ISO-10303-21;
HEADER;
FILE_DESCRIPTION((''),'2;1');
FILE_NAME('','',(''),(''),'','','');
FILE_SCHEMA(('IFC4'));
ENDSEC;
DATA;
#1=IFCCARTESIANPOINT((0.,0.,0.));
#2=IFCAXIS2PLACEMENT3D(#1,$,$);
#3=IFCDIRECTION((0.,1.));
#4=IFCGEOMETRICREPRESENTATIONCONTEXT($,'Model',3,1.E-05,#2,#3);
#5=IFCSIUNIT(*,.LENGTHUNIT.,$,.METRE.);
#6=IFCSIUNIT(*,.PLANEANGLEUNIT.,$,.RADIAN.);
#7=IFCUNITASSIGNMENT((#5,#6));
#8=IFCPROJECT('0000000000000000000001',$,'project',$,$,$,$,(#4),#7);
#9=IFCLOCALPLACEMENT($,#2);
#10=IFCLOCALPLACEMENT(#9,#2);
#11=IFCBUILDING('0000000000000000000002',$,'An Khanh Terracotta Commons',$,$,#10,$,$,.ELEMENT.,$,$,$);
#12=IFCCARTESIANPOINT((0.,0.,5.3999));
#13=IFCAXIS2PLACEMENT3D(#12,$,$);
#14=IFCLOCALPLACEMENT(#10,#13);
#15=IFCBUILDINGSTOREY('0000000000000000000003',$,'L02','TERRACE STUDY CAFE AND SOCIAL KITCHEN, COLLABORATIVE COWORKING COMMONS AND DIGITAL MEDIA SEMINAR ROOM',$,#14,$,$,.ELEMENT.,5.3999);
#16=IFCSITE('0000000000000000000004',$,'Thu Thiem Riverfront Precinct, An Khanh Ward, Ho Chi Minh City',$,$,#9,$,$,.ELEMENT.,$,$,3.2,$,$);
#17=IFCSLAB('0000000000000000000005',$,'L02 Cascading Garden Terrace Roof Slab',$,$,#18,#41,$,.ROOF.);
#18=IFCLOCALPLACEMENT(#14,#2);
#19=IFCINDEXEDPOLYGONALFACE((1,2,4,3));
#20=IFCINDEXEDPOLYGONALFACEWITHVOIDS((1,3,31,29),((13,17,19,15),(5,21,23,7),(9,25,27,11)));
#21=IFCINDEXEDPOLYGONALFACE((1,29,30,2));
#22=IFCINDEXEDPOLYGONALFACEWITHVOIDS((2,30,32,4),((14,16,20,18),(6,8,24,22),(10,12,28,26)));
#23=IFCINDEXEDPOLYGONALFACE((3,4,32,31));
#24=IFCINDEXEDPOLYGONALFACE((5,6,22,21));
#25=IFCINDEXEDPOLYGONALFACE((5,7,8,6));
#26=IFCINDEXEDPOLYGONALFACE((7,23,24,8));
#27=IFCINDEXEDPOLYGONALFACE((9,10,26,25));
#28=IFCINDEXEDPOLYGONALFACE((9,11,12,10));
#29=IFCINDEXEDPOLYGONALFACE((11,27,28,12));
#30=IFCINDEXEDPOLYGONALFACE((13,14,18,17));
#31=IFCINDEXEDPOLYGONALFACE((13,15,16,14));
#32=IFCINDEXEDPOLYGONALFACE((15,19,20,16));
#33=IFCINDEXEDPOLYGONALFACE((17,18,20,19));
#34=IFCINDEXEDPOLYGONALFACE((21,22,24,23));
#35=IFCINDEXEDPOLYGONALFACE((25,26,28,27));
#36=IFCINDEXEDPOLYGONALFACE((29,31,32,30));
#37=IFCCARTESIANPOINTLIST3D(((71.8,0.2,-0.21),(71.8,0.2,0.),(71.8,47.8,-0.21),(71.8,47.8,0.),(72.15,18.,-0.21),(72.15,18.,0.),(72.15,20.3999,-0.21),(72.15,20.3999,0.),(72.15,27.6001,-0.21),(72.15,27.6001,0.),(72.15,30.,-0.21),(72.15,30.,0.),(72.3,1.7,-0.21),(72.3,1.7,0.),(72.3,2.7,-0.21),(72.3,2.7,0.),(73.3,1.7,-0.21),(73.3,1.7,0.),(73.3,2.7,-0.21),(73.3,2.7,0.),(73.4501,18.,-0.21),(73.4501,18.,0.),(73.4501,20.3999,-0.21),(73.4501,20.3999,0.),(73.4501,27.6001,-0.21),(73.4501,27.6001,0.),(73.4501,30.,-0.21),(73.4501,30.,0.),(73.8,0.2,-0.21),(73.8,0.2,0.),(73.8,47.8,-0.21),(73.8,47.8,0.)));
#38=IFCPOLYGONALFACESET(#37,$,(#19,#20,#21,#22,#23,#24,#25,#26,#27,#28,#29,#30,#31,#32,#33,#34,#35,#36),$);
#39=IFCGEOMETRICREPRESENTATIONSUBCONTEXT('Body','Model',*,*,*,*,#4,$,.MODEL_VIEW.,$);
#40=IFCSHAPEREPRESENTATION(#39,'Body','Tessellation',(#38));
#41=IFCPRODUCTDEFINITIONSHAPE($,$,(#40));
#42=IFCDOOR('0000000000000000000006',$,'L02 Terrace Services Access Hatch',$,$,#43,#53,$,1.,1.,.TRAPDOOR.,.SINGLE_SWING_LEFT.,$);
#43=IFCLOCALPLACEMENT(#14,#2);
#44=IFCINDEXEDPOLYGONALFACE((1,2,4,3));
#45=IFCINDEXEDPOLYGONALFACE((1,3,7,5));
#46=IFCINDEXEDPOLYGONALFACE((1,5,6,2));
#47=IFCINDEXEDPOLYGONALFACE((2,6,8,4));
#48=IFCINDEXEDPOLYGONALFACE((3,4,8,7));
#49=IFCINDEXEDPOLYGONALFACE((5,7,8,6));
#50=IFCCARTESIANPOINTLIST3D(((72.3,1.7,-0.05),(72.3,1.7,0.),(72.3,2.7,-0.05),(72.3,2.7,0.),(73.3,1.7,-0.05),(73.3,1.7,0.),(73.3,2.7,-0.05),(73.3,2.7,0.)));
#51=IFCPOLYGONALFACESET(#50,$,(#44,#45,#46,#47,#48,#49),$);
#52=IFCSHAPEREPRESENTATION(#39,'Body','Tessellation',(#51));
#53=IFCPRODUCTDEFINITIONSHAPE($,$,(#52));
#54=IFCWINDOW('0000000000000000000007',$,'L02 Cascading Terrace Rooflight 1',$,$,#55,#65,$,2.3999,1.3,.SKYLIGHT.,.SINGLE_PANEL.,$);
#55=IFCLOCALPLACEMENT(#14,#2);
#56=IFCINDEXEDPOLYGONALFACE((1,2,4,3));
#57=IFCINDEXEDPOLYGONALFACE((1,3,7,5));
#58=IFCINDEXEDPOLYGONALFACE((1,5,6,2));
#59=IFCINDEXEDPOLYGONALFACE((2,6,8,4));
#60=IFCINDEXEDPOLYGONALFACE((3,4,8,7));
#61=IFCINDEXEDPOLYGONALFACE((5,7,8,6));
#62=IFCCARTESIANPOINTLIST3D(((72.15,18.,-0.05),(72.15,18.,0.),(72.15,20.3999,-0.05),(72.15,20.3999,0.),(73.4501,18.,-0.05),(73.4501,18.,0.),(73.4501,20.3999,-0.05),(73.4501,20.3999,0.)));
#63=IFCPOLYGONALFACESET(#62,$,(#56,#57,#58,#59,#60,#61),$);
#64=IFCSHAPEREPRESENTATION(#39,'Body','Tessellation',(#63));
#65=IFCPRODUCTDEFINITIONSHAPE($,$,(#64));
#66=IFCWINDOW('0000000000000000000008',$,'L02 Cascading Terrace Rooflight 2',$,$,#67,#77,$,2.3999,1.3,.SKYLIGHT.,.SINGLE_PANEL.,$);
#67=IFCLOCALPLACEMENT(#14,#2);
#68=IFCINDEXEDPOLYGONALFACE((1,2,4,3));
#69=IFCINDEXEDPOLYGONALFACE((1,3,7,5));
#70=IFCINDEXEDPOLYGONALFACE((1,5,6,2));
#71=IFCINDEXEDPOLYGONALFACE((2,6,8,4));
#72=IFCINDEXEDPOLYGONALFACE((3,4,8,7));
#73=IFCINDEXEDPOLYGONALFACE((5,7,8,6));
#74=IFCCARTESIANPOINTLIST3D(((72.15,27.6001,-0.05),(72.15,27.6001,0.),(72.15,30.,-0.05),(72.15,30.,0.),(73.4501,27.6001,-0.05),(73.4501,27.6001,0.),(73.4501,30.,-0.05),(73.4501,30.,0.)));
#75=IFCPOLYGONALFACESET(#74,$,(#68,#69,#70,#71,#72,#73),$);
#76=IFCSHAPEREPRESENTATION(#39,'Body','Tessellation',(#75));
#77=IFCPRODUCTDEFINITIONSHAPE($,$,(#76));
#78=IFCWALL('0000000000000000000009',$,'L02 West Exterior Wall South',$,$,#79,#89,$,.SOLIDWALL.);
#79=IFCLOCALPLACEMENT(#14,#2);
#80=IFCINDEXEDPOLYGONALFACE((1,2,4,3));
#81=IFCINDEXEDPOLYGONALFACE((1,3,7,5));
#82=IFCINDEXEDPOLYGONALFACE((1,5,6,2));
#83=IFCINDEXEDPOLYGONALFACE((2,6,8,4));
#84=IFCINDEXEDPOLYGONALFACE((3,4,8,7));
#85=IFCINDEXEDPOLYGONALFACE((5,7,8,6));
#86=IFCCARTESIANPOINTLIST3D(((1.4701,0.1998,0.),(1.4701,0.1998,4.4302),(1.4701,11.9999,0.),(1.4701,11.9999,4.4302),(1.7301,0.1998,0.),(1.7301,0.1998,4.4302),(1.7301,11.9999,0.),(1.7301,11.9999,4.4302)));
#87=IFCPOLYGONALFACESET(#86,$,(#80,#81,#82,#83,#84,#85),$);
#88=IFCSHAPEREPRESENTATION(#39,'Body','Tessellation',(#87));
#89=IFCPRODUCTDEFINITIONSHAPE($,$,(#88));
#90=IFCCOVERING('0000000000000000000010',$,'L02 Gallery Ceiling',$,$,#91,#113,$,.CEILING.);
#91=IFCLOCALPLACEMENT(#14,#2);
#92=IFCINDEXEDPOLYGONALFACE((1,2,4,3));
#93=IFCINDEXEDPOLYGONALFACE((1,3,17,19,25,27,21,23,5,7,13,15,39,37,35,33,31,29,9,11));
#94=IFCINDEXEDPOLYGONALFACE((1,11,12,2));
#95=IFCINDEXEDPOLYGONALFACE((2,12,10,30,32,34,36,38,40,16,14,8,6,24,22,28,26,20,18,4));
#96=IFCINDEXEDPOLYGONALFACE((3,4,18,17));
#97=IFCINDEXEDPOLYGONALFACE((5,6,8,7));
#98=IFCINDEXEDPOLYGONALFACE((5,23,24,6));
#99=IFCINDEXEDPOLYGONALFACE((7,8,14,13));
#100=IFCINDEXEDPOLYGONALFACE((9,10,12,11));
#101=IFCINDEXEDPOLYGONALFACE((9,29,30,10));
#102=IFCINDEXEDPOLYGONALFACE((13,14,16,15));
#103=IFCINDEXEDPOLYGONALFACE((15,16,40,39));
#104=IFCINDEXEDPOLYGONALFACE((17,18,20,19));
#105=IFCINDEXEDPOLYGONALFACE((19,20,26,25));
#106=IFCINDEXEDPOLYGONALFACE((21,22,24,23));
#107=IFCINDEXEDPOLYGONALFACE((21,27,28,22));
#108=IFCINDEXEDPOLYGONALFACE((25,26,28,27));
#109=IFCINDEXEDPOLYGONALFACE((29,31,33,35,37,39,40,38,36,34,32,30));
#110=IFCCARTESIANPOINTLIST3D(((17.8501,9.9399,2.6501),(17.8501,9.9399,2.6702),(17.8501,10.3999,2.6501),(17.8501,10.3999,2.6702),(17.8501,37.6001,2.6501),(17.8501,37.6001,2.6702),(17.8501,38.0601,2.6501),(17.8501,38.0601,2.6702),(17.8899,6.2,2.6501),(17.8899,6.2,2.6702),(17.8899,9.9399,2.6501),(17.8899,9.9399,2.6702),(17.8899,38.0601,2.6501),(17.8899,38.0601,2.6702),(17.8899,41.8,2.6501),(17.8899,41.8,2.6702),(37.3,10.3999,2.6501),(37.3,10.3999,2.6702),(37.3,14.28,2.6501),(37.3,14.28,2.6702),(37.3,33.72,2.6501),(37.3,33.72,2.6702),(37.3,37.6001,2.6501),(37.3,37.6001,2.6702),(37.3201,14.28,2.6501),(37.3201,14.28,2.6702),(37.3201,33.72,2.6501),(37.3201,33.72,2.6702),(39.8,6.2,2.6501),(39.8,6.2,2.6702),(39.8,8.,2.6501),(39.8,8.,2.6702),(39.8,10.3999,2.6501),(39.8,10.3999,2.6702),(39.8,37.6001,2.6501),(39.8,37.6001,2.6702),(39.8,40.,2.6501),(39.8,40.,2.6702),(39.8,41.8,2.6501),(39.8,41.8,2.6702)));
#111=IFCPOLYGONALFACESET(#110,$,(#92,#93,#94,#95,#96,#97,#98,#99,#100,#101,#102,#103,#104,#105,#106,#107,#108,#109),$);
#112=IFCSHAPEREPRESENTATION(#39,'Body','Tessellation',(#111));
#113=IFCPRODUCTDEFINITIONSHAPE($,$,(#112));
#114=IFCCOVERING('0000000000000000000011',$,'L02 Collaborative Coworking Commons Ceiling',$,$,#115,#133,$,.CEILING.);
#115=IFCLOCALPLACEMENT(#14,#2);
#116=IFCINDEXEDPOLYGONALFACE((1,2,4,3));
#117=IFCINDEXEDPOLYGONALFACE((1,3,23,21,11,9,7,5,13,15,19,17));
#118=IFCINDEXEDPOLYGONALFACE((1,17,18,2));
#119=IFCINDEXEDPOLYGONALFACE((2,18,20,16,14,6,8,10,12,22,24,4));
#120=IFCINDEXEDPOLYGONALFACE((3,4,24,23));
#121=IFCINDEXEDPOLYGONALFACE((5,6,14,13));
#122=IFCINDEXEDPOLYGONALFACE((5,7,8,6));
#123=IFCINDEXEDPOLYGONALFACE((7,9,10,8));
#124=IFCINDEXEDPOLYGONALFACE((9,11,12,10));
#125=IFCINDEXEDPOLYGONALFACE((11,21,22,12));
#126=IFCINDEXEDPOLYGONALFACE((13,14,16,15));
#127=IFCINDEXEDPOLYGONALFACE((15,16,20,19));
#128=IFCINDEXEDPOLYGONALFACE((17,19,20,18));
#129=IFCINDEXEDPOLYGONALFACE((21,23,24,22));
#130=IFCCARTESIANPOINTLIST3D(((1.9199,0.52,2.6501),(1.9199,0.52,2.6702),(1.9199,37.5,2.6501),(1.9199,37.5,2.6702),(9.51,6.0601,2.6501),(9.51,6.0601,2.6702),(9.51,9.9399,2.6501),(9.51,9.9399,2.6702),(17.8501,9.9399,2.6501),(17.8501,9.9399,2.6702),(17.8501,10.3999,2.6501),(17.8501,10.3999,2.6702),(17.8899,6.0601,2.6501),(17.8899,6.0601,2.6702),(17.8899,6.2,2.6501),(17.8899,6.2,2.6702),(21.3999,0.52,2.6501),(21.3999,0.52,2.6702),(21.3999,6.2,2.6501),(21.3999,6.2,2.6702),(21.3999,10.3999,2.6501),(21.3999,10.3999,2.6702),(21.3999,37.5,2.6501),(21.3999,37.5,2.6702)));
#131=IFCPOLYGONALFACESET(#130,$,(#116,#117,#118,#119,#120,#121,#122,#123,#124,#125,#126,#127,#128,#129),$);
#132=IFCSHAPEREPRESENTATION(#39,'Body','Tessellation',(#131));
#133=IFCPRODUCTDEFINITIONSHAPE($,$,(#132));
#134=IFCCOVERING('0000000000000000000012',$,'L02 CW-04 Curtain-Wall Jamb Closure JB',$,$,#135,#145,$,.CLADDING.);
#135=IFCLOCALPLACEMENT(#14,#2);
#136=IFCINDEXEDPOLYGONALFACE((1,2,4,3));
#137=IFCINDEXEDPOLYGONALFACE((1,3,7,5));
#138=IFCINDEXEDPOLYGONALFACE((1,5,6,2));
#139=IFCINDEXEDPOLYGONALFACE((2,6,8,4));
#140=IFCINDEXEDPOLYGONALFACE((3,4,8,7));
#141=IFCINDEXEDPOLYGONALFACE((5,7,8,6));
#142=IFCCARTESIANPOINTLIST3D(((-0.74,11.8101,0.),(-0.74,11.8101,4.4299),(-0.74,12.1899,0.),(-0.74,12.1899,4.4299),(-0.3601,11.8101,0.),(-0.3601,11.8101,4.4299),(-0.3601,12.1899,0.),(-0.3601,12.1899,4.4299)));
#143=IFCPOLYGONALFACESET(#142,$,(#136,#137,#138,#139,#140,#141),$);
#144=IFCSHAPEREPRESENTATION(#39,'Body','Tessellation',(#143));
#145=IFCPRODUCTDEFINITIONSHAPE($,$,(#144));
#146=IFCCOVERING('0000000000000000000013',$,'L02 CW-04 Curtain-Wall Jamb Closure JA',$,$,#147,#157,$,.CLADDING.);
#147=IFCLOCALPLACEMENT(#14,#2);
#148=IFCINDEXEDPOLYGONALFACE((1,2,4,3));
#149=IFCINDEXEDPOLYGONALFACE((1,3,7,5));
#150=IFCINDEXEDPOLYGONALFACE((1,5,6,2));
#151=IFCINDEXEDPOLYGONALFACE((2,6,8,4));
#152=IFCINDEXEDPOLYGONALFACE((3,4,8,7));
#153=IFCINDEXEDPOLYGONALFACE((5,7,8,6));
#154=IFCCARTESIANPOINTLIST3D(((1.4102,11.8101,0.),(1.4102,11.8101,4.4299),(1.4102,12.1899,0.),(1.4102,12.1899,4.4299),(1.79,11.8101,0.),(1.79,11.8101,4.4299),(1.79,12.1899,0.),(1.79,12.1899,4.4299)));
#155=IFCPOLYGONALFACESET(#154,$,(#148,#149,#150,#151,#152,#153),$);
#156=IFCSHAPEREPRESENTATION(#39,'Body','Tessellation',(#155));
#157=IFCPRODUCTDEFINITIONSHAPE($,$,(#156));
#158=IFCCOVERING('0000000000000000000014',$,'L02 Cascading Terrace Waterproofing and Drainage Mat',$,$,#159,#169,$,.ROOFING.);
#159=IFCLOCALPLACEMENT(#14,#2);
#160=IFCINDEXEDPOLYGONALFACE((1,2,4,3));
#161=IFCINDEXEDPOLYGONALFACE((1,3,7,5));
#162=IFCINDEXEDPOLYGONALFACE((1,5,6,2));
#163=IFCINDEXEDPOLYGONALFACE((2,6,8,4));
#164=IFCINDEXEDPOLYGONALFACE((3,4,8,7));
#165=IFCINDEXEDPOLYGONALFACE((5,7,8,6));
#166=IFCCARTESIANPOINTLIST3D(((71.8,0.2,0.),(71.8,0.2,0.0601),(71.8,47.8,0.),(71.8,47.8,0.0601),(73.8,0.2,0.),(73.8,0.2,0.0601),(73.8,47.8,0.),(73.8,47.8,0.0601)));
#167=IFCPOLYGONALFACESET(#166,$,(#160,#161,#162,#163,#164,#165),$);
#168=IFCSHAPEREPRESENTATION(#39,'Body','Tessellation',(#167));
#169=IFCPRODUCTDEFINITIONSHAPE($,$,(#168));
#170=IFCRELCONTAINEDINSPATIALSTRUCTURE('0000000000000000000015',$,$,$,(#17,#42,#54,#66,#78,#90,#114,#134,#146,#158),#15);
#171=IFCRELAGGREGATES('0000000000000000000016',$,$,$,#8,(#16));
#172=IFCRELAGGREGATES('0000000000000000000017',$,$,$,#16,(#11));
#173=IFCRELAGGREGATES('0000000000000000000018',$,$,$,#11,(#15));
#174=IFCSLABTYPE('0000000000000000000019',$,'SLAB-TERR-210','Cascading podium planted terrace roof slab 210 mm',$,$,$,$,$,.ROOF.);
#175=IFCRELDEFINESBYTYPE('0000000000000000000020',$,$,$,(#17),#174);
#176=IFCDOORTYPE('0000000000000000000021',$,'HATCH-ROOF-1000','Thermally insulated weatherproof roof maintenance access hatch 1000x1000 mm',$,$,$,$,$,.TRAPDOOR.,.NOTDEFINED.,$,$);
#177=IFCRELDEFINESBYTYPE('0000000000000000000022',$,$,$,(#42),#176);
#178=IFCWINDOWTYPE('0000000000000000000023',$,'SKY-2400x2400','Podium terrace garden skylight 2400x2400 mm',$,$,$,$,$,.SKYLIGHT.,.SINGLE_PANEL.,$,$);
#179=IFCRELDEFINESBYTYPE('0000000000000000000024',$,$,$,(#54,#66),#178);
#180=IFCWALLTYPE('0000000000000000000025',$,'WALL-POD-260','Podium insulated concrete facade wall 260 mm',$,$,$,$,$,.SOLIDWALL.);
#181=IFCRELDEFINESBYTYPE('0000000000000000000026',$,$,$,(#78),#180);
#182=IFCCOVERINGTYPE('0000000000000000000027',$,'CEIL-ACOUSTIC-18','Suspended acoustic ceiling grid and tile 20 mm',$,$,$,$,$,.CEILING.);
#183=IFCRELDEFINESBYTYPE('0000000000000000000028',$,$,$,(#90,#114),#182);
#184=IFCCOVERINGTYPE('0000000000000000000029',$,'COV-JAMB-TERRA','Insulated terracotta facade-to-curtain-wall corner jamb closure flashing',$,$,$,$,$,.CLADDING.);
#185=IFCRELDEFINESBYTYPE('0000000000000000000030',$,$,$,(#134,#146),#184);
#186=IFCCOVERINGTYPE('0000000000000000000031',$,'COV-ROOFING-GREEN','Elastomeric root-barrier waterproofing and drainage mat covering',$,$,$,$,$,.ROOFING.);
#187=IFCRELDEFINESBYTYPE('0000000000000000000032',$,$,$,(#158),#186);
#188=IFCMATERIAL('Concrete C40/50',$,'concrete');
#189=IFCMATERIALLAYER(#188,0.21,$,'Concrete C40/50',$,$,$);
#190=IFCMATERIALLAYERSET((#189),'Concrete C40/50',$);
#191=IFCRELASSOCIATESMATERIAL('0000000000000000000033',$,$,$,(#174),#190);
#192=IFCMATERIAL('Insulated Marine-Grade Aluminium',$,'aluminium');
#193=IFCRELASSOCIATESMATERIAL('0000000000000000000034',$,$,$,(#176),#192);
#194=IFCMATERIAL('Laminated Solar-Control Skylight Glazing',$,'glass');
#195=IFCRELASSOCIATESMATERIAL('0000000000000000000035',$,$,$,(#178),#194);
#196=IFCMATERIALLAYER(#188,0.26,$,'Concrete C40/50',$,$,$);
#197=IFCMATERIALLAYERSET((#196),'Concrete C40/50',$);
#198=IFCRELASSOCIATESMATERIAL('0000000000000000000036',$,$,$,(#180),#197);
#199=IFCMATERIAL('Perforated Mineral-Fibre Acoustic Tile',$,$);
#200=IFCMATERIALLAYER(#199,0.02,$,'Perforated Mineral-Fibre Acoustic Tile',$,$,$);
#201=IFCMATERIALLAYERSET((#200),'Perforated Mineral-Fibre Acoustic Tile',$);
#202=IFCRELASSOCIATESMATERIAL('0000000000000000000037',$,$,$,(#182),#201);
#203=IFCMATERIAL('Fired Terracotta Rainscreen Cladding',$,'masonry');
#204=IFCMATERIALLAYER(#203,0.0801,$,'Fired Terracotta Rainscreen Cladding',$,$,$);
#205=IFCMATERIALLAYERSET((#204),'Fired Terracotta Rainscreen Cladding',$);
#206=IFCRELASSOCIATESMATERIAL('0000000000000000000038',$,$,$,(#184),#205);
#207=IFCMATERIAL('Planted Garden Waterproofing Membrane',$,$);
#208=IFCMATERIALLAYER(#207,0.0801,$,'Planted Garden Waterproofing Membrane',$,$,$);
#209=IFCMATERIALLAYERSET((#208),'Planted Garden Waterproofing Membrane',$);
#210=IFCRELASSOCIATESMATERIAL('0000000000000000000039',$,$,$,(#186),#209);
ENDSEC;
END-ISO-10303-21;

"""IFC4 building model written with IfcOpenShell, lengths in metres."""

from ifc_helpers import new_model, si_unit, direction, frame, frame_2d, origin, origin_2d, place, context, subcontext, project, spatial, polyline, rectangle, outline, extrude, material, layer, layer_set, type_object, element, fill, save


model = new_model("IFC4")

# Units and contexts
model_context = context("Model", 3, precision=1e-05, world=origin(), true_north=direction((0.0, 1.0)))
body_context = subcontext(model_context, "Body", "Model", "MODEL_VIEW")
ifc_project = project(units=[si_unit("LENGTHUNIT", "METRE"), si_unit("PLANEANGLEUNIT", "RADIAN")], contexts=[model_context])

# Site, building, storey
site_placement = place(None, origin())
site = spatial("IfcSite", under=ifc_project, at=site_placement, Name="Thu Thiem Riverfront Precinct, An Khanh Ward, Ho Chi Minh City", CompositionType="ELEMENT", RefElevation=3.2)
building_placement = place(site_placement, origin())
building = spatial("IfcBuilding", under=site, at=building_placement, Name="An Khanh Terracotta Commons", CompositionType="ELEMENT")
storey_placement = place(building_placement, frame((0.0, 0.0, 5.3999)))
storey = spatial("IfcBuildingStorey", under=building, at=storey_placement, Name="L02", Description="TERRACE STUDY CAFE AND SOCIAL KITCHEN, COLLABORATIVE COWORKING COMMONS AND DIGITAL MEDIA SEMINAR ROOM", CompositionType="ELEMENT", Elevation=5.3999)

# Shared definitions
ifc_material_1 = material(Name="Concrete C40/50", Category="concrete")

# Slab, openings, door, windows
ifc_layer_1 = layer(ifc_material_1, 0.21, Name="Concrete C40/50")
ifc_layer_set_1 = layer_set([ifc_layer_1], Name="Concrete C40/50")
slab_type_1 = type_object("IfcSlabType", Name="SLAB-TERR-210", Description="Cascading podium planted terrace roof slab 210 mm", PredefinedType="ROOF", material=ifc_layer_set_1)
slab_1_placement = place(storey_placement, frame((0.0, 0.0, -0.21)))
slab_1 = element("IfcSlab", 1, at=slab_1_placement, inside=storey, type_object=slab_type_1, Name="L02 Cascading Garden Terrace Roof Slab", PredefinedType="ROOF", context=body_context, shape_type="SweptSolid", body=[
    extrude(outline(polyline([(71.8, 0.2), (73.8, 0.2), (73.8, 47.8), (71.8, 47.8), (71.8, 0.2)])), origin(), (0.0, 0.0, 1.0), 0.21),
])
opening_1_placement = place(slab_1_placement, frame((72.8, 19.2, 0.0)))
opening_1 = element("IfcOpeningElement", 2, at=opening_1_placement, cuts=slab_1, PredefinedType="OPENING", context=body_context, shape_type="SweptSolid", body=[
    extrude(rectangle(XDim=1.3, YDim=2.3999, at=origin_2d()), frame((0.0, 0.0, -0.01)), (0.0, 0.0, 1.0), 0.23),
])
opening_2_placement = place(slab_1_placement, frame((72.8, 28.8, 0.0)))
opening_2 = element("IfcOpeningElement", 3, at=opening_2_placement, cuts=slab_1, PredefinedType="OPENING", context=body_context, shape_type="SweptSolid", body=[
    extrude(rectangle(XDim=1.3, YDim=2.3999, at=origin_2d()), frame((0.0, 0.0, -0.01)), (0.0, 0.0, 1.0), 0.23),
])
opening_3_placement = place(slab_1_placement, frame((72.8, 2.2, 0.0)))
opening_3 = element("IfcOpeningElement", 4, at=opening_3_placement, cuts=slab_1, PredefinedType="OPENING", context=body_context, shape_type="SweptSolid", body=[
    extrude(rectangle(XDim=1.0, YDim=1.0, at=origin_2d()), frame((0.0, 0.0, -0.01)), (0.0, 0.0, 1.0), 0.23),
])
ifc_material_2 = material(Name="Insulated Marine-Grade Aluminium", Category="aluminium")
door_type = type_object("IfcDoorType", Name="HATCH-ROOF-1000", Description="Thermally insulated weatherproof roof maintenance access hatch 1000x1000 mm", OperationType="NOTDEFINED", PredefinedType="TRAPDOOR", material=ifc_material_2)
door_placement = place(opening_3_placement, frame((0.0, 0.0, 0.1599)))
door = element("IfcDoor", 5, at=door_placement, inside=storey, type_object=door_type, Name="L02 Terrace Services Access Hatch", OperationType="SINGLE_SWING_LEFT", OverallHeight=1.0, OverallWidth=1.0, PredefinedType="TRAPDOOR", context=body_context, shape_type="SweptSolid", body=[
    extrude(rectangle(XDim=1.0, YDim=1.0, at=origin_2d()), origin(), (0.0, 0.0, 1.0), 0.05),
])
fill(opening_3, door)
ifc_material_3 = material(Name="Laminated Solar-Control Skylight Glazing", Category="glass")
window_type = type_object("IfcWindowType", Name="SKY-2400x2400", Description="Podium terrace garden skylight 2400x2400 mm", PartitioningType="SINGLE_PANEL", PredefinedType="SKYLIGHT", material=ifc_material_3)
window_1_placement = place(opening_1_placement, frame((0.0, 0.0, 0.1599)))
window_1 = element("IfcWindow", 6, at=window_1_placement, inside=storey, type_object=window_type, Name="L02 Cascading Terrace Rooflight 1", OverallHeight=2.3999, OverallWidth=1.3, PartitioningType="SINGLE_PANEL", PredefinedType="SKYLIGHT", context=body_context, shape_type="SweptSolid", body=[
    extrude(rectangle(XDim=1.3, YDim=2.3999, at=origin_2d()), origin(), (0.0, 0.0, 1.0), 0.05),
])
fill(opening_1, window_1)
window_2_placement = place(opening_2_placement, frame((0.0, 0.0, 0.1599)))
window_2 = element("IfcWindow", 7, at=window_2_placement, inside=storey, type_object=window_type, Name="L02 Cascading Terrace Rooflight 2", OverallHeight=2.3999, OverallWidth=1.3, PartitioningType="SINGLE_PANEL", PredefinedType="SKYLIGHT", context=body_context, shape_type="SweptSolid", body=[
    extrude(rectangle(XDim=1.3, YDim=2.3999, at=origin_2d()), origin(), (0.0, 0.0, 1.0), 0.05),
])
fill(opening_2, window_2)

# Wall
ifc_layer_2 = layer(ifc_material_1, 0.26, Name="Concrete C40/50")
ifc_layer_set_2 = layer_set([ifc_layer_2], Name="Concrete C40/50")
wall_type = type_object("IfcWallType", Name="WALL-POD-260", Description="Podium insulated concrete facade wall 260 mm", PredefinedType="SOLIDWALL", material=ifc_layer_set_2)
wall_placement = place(storey_placement, frame((1.6001, 0.2, 0.0), z_axis=(0.0, 0.0, 1.0), x_axis=(0.0, 1.0, 0.0)))
element("IfcWall", 8, at=wall_placement, inside=storey, type_object=wall_type, Name="L02 West Exterior Wall South", PredefinedType="SOLIDWALL", context=body_context, shape_type="SweptSolid", body=[
    extrude(rectangle(XDim=11.8, YDim=0.26, at=frame_2d((5.8999, 0.0))), origin(), (0.0, 0.0, 1.0), 4.4302),
])

# Coverings
ifc_material_4 = material(Name="Perforated Mineral-Fibre Acoustic Tile")
ifc_layer_3 = layer(ifc_material_4, 0.02, Name="Perforated Mineral-Fibre Acoustic Tile")
ifc_layer_set_3 = layer_set([ifc_layer_3], Name="Perforated Mineral-Fibre Acoustic Tile")
covering_type_1 = type_object("IfcCoveringType", Name="CEIL-ACOUSTIC-18", Description="Suspended acoustic ceiling grid and tile 20 mm", PredefinedType="CEILING", material=ifc_layer_set_3)
covering_1_placement = place(storey_placement, frame((0.0, 0.0, 2.6501)))
element("IfcCovering", 9, at=covering_1_placement, inside=storey, type_object=covering_type_1, Name="L02 Gallery Ceiling", PredefinedType="CEILING", context=body_context, shape_type="SweptSolid", body=[
    extrude(outline(polyline([(17.8899, 6.2), (17.8899, 9.9399), (17.8501, 9.9399), (17.8501, 10.3999), (37.3, 10.3999), (37.3, 14.28), (37.3201, 14.28), (37.3201, 33.72), (37.3, 33.72), (37.3, 37.6001), (17.8501, 37.6001), (17.8501, 38.0601), (17.8899, 38.0601), (17.8899, 41.8), (39.8, 41.8), (39.8, 40.0), (39.8, 37.6001), (39.8, 10.3999), (39.8, 8.0), (39.8, 6.2), (17.8899, 6.2)])), origin(), (0.0, 0.0, 1.0), 0.02),
])
covering_2_placement = place(storey_placement, frame((0.0, 0.0, 2.6501)))
element("IfcCovering", 10, at=covering_2_placement, inside=storey, type_object=covering_type_1, Name="L02 Collaborative Coworking Commons Ceiling", PredefinedType="CEILING", context=body_context, shape_type="SweptSolid", body=[
    extrude(outline(polyline([(1.9199, 0.52), (1.9199, 37.5), (21.3999, 37.5), (21.3999, 10.3999), (17.8501, 10.3999), (17.8501, 9.9399), (9.51, 9.9399), (9.51, 6.0601), (17.8899, 6.0601), (17.8899, 6.2), (21.3999, 6.2), (21.3999, 0.52), (1.9199, 0.52)])), origin(), (0.0, 0.0, 1.0), 0.02),
])
ifc_material_5 = material(Name="Fired Terracotta Rainscreen Cladding", Category="masonry")
ifc_layer_4 = layer(ifc_material_5, 0.0801, Name="Fired Terracotta Rainscreen Cladding")
ifc_layer_set_4 = layer_set([ifc_layer_4], Name="Fired Terracotta Rainscreen Cladding")
covering_type_2 = type_object("IfcCoveringType", Name="COV-JAMB-TERRA", Description="Insulated terracotta facade-to-curtain-wall corner jamb closure flashing", PredefinedType="CLADDING", material=ifc_layer_set_4)
for number, where, z_axis, x_axis, name in (
    (11, (-0.55, 12.0, 0.0), (0.0, 0.0, 1.0), (1.0, 0.0, 0.0), "L02 CW-04 Curtain-Wall Jamb Closure JB"),
    (12, (1.6001, 12.0, 0.0), (0.0, 0.0, 1.0), (1.0, 0.0, 0.0), "L02 CW-04 Curtain-Wall Jamb Closure JA"),
):
    element("IfcCovering", number, at=place(storey_placement, frame(where, z_axis=z_axis, x_axis=x_axis)), inside=storey, type_object=covering_type_2, Name=name, PredefinedType="CLADDING", context=body_context, shape_type="SweptSolid", body=[
        extrude(rectangle(XDim=0.3799, YDim=0.3799, at=origin_2d()), origin(), (0.0, 0.0, 1.0), 4.4299),
    ])
ifc_material_6 = material(Name="Planted Garden Waterproofing Membrane")
ifc_layer_5 = layer(ifc_material_6, 0.0801, Name="Planted Garden Waterproofing Membrane")
ifc_layer_set_5 = layer_set([ifc_layer_5], Name="Planted Garden Waterproofing Membrane")
covering_type_3 = type_object("IfcCoveringType", Name="COV-ROOFING-GREEN", Description="Elastomeric root-barrier waterproofing and drainage mat covering", PredefinedType="ROOFING", material=ifc_layer_set_5)
covering_3_placement = place(storey_placement, origin())
element("IfcCovering", 13, at=covering_3_placement, inside=storey, type_object=covering_type_3, Name="L02 Cascading Terrace Waterproofing and Drainage Mat", PredefinedType="ROOFING", context=body_context, shape_type="SweptSolid", body=[
    extrude(outline(polyline([(71.8, 0.2), (73.8, 0.2), (73.8, 47.8), (71.8, 47.8), (71.8, 0.2)])), origin(), (0.0, 0.0, 1.0), 0.0601),
])

save(model, "model.ifc")
